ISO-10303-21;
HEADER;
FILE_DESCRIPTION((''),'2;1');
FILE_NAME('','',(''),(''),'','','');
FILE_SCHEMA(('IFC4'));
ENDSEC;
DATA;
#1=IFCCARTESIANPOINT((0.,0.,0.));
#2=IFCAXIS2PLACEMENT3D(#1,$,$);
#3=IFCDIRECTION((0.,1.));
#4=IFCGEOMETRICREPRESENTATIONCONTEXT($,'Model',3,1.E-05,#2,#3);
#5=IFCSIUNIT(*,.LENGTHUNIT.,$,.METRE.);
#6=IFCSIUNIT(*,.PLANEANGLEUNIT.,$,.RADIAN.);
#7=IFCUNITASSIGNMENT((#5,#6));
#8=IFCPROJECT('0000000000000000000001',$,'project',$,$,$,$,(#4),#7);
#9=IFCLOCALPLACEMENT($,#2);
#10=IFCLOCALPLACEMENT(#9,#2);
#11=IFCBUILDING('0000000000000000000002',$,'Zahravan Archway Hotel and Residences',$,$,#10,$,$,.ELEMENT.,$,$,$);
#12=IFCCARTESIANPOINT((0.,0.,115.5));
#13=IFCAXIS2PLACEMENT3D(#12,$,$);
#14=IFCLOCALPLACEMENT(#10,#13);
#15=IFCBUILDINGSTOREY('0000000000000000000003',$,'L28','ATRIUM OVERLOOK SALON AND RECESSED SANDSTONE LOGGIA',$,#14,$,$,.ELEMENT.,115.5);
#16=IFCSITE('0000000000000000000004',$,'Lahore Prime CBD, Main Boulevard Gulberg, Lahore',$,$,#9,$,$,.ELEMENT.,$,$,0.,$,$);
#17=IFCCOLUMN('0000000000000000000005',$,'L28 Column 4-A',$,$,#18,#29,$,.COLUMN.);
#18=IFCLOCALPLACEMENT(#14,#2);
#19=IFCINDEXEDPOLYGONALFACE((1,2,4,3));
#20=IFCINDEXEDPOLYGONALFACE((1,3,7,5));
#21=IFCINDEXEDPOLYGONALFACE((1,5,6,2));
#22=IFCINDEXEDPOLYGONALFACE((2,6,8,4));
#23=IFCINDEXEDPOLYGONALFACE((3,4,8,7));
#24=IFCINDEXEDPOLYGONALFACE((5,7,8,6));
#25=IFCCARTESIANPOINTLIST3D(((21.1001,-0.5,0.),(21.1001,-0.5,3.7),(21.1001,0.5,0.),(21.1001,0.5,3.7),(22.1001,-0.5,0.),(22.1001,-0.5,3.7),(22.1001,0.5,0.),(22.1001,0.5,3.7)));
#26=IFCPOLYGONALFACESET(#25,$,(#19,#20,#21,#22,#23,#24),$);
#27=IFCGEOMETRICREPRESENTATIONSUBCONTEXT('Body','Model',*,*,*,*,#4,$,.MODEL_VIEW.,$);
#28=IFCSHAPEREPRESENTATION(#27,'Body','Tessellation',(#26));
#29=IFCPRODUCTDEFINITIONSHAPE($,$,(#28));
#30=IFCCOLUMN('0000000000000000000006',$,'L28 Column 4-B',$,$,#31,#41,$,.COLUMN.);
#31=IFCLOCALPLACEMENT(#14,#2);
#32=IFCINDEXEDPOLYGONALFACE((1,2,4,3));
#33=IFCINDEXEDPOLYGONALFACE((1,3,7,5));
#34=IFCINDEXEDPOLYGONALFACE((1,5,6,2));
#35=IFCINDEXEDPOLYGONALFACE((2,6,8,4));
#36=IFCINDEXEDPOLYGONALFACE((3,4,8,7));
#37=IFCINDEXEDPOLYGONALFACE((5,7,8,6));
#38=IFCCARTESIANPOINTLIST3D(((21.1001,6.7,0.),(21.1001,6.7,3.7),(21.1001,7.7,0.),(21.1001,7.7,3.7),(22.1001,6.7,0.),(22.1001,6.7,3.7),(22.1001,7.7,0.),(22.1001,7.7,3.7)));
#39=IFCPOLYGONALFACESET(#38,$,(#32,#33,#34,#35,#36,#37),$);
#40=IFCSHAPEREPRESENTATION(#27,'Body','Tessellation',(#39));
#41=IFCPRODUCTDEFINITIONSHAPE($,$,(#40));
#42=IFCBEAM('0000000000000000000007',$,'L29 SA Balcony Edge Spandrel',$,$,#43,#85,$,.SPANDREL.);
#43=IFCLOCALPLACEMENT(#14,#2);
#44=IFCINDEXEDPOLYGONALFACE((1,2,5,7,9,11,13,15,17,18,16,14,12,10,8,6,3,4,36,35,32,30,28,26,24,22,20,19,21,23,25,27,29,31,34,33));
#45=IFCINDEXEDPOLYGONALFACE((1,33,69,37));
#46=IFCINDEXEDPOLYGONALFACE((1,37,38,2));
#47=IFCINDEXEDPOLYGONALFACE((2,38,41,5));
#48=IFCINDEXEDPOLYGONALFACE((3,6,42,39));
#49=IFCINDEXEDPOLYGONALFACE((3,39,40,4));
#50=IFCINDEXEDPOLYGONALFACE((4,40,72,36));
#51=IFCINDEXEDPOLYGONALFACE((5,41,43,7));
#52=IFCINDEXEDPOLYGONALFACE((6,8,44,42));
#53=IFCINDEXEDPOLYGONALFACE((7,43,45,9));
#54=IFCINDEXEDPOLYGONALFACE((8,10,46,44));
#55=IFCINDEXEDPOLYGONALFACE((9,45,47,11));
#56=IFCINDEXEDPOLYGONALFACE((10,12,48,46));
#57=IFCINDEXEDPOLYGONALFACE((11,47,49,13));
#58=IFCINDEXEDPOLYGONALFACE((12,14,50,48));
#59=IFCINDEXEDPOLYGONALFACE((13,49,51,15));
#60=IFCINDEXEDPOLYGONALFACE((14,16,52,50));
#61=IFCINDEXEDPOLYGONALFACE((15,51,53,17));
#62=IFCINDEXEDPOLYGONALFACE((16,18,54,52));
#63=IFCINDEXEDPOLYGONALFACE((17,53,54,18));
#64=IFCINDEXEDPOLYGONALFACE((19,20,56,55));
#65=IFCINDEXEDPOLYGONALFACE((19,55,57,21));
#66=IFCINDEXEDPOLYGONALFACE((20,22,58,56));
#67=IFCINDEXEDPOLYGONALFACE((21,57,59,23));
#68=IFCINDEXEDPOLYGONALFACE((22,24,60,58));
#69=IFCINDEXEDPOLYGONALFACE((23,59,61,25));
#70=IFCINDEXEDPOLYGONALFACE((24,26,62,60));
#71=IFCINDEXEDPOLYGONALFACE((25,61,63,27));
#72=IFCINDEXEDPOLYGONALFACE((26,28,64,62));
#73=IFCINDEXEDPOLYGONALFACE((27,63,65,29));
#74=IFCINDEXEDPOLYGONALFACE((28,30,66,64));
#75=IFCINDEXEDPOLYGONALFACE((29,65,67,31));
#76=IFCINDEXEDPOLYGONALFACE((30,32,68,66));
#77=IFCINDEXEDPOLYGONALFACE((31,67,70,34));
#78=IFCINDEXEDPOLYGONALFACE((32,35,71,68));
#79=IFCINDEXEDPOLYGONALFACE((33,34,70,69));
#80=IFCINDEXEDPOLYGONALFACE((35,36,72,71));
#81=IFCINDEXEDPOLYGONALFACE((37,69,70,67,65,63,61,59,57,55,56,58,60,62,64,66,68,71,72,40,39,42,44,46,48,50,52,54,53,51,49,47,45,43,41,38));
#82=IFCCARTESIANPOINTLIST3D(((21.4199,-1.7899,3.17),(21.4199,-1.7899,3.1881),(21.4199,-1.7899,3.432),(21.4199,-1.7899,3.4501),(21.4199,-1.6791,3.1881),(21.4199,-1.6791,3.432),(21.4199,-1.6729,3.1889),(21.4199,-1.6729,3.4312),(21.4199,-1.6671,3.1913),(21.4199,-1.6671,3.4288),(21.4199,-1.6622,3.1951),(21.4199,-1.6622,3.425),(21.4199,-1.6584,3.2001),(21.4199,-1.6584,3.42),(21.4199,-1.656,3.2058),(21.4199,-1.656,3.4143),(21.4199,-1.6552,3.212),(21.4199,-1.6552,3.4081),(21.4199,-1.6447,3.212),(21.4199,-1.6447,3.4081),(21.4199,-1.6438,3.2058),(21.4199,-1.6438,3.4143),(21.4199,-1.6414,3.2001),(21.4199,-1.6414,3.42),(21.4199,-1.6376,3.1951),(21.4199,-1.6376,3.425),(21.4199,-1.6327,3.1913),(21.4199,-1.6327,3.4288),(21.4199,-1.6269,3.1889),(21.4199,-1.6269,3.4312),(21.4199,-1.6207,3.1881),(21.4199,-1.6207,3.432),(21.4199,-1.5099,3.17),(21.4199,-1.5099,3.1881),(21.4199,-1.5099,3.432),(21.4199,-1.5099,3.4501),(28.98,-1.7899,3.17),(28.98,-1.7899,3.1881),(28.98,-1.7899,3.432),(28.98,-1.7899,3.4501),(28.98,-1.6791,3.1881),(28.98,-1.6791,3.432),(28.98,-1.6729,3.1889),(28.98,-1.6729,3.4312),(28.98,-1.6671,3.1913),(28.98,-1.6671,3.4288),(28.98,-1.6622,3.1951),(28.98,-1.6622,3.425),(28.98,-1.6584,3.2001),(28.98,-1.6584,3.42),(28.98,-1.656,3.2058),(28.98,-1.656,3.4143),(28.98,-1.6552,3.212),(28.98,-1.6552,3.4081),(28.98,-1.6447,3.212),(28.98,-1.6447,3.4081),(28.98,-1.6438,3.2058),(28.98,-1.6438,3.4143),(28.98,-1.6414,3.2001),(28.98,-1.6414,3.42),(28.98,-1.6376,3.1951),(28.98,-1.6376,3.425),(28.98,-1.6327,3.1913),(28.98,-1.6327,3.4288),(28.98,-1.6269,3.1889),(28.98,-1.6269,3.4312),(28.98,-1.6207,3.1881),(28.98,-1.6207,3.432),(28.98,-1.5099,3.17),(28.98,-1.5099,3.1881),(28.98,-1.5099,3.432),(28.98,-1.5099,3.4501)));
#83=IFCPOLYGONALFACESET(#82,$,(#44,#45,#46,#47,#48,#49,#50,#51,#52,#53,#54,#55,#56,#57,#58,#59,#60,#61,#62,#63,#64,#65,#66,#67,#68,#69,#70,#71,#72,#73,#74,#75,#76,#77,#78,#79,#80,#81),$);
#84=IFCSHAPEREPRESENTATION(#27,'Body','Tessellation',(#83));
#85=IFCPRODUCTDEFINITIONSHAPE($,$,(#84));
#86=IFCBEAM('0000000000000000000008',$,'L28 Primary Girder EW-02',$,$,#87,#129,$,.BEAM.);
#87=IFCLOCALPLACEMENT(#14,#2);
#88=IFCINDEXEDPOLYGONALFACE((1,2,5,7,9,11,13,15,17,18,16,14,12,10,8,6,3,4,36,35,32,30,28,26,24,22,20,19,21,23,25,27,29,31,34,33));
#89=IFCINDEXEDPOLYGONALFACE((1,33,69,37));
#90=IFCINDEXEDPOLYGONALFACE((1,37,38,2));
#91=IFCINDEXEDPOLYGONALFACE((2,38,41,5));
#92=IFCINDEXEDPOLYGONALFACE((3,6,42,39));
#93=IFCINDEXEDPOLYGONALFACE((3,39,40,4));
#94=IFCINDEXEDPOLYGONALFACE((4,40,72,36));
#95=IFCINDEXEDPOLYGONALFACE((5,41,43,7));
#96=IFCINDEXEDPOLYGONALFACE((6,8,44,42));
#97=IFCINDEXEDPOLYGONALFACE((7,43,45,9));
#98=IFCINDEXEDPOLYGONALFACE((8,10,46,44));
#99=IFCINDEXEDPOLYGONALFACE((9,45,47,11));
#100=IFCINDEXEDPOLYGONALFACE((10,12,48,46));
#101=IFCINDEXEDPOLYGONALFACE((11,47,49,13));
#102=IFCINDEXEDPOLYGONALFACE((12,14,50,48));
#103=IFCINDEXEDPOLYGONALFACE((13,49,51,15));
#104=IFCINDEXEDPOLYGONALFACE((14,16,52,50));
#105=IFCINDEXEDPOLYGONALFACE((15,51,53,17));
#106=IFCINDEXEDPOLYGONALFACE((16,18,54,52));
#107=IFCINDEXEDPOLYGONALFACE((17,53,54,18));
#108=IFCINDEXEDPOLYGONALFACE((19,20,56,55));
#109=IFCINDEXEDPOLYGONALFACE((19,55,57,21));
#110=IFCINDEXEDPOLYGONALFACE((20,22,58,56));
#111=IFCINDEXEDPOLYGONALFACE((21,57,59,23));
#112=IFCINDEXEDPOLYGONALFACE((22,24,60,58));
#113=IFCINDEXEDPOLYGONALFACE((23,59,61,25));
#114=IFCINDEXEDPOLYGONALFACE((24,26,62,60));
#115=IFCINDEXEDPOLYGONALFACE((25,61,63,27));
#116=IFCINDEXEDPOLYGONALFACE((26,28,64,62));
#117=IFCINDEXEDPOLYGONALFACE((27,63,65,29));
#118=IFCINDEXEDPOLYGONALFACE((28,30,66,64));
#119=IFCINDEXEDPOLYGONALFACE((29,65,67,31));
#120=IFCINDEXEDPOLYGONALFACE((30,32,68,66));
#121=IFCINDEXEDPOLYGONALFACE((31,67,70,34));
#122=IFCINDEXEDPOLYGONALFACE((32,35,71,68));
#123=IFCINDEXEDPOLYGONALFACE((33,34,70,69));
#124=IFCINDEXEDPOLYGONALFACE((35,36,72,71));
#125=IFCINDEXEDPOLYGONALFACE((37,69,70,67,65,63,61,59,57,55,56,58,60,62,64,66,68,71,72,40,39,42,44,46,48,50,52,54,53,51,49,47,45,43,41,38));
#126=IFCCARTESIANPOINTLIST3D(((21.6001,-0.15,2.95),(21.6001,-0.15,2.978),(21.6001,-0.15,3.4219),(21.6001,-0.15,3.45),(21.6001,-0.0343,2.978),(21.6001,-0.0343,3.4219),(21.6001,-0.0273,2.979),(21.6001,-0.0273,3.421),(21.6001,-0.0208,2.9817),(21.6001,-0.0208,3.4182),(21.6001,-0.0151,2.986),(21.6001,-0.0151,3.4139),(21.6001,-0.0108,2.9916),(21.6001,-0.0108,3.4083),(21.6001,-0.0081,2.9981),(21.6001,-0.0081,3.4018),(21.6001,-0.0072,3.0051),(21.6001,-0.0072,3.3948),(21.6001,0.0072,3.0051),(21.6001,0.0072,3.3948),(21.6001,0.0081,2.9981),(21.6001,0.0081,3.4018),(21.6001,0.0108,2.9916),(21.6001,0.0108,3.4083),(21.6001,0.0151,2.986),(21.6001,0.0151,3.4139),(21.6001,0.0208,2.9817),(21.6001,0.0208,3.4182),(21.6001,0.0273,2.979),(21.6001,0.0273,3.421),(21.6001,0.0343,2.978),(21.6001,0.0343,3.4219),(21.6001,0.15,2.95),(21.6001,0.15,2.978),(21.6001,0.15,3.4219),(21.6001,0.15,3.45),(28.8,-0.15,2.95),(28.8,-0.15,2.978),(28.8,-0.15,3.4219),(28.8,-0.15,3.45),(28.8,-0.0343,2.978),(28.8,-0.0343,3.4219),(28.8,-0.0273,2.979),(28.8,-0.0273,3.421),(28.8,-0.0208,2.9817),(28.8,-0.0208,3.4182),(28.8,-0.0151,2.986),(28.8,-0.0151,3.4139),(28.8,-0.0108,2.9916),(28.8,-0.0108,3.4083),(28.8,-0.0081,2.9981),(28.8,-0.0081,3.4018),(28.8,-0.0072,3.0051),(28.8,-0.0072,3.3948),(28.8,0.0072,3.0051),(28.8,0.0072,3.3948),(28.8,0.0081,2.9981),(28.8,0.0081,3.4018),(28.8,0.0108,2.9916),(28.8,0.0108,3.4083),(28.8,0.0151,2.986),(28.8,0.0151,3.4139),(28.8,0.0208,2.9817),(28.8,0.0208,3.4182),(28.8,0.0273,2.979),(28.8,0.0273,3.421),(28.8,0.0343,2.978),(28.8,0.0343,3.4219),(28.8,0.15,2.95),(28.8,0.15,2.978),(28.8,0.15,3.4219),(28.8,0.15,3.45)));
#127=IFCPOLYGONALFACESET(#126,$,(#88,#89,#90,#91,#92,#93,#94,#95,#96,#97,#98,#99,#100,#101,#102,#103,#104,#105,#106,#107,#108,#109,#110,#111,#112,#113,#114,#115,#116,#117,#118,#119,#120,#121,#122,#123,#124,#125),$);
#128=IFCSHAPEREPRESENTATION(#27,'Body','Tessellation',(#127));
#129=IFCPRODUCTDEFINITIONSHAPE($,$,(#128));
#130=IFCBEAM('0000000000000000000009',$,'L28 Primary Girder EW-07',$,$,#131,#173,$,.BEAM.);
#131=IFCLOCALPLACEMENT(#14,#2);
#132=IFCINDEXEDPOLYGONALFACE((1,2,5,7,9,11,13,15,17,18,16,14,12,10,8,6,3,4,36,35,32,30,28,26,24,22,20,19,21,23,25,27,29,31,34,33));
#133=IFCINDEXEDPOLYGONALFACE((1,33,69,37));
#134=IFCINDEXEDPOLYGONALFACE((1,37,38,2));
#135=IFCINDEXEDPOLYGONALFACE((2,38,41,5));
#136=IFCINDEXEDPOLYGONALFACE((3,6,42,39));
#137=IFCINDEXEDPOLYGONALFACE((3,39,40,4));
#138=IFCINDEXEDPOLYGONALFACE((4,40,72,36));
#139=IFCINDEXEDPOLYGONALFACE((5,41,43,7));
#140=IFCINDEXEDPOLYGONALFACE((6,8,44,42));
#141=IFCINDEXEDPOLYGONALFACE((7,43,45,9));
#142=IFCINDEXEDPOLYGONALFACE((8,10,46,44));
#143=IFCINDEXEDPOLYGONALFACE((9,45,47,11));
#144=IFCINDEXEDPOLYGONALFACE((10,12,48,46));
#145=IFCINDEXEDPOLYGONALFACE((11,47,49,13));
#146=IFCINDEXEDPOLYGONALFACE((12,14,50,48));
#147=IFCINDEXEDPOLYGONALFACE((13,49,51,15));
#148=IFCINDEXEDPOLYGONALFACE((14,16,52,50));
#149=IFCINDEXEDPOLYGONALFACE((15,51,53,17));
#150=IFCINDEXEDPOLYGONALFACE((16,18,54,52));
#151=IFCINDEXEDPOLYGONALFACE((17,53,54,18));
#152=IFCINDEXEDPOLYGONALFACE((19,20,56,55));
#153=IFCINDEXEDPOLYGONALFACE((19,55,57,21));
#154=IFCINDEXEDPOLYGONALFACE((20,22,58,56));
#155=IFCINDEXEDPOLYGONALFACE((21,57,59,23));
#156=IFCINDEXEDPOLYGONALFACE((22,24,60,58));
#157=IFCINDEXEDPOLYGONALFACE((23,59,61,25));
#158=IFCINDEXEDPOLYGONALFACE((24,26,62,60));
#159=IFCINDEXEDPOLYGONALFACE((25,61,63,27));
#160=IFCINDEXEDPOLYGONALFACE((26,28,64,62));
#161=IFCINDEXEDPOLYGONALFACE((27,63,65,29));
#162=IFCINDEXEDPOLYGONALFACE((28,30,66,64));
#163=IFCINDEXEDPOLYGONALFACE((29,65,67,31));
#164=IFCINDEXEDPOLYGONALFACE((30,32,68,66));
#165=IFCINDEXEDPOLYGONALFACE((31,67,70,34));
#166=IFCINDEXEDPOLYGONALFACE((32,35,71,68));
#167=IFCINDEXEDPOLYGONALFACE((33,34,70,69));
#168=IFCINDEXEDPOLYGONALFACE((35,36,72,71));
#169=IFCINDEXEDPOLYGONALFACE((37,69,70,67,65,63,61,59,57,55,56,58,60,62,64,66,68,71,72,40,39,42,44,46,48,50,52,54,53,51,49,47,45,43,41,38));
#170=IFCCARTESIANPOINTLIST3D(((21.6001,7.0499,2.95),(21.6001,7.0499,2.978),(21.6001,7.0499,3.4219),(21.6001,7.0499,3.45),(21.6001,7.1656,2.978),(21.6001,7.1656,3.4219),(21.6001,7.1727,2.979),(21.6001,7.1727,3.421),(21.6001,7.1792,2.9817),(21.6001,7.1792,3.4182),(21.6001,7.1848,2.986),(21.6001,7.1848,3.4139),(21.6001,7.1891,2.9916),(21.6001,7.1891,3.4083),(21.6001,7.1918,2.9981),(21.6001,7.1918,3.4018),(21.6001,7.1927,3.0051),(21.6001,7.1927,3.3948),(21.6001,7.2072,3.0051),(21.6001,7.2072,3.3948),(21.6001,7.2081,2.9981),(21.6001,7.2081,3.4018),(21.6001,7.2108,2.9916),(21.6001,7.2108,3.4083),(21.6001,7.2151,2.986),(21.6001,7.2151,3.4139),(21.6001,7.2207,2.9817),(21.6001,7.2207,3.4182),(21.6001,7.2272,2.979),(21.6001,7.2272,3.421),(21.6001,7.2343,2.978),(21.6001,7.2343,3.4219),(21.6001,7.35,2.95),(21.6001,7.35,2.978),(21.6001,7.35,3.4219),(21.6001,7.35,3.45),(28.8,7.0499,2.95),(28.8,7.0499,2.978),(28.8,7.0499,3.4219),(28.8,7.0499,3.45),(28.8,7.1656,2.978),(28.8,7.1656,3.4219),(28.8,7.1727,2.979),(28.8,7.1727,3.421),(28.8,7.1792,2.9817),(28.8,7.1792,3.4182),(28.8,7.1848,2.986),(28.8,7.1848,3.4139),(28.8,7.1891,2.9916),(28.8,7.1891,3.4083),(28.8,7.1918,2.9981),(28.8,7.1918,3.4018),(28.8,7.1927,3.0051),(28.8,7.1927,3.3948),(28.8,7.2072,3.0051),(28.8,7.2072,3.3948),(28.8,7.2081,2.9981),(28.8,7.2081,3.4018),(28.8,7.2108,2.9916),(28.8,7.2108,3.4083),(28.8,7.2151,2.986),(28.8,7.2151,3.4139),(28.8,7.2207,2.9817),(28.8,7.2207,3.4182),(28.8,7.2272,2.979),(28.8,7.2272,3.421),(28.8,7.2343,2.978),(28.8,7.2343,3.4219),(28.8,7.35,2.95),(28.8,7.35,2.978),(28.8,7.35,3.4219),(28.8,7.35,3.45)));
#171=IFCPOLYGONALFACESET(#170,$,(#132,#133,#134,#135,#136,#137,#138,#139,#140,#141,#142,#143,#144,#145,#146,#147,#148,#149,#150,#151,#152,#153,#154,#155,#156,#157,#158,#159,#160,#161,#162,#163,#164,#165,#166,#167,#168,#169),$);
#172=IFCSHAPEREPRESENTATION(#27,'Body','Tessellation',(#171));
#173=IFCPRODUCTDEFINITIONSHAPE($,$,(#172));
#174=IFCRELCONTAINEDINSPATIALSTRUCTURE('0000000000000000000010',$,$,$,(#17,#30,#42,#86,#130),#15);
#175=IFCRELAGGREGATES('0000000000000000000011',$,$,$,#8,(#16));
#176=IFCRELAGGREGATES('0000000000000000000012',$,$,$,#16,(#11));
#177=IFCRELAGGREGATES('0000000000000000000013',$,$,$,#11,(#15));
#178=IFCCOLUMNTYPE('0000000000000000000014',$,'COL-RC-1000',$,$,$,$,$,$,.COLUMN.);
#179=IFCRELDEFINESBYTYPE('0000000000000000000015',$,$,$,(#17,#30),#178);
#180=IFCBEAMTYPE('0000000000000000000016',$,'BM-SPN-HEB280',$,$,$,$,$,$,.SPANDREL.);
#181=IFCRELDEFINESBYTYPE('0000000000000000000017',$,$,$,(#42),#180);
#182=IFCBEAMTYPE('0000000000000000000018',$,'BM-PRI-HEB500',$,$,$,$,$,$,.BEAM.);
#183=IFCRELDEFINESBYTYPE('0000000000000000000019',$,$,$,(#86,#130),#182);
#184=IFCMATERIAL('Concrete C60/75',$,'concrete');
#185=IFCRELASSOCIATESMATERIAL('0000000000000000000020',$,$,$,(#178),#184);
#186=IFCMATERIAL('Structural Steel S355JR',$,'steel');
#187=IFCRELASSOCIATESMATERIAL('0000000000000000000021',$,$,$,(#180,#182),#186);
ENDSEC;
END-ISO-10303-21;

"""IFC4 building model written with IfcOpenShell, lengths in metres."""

from ifc_helpers import new_model, si_unit, direction, frame, origin, origin_2d, place, context, subcontext, project, spatial, rectangle, i_section, extrude, source, transform, mapped, material, material_profile, profile_set, type_object, type_shapes, element, save


model = new_model("IFC4")

# Units and contexts
model_context = context("Model", 3, precision=1e-05, world=origin(), true_north=direction((0.0, 1.0)))
body_context = subcontext(model_context, "Body", "Model", "MODEL_VIEW")
ifc_project = project(units=[si_unit("LENGTHUNIT", "METRE"), si_unit("PLANEANGLEUNIT", "RADIAN")], contexts=[model_context])

# Site, building, storey
site_placement = place(None, origin())
site = spatial("IfcSite", under=ifc_project, at=site_placement, Name="Lahore Prime CBD, Main Boulevard Gulberg, Lahore", CompositionType="ELEMENT", RefElevation=0.0)
building_placement = place(site_placement, origin())
building = spatial("IfcBuilding", under=site, at=building_placement, Name="Zahravan Archway Hotel and Residences", CompositionType="ELEMENT")
storey_placement = place(building_placement, frame((0.0, 0.0, 115.5)))
storey = spatial("IfcBuildingStorey", under=building, at=storey_placement, Name="L28", Description="ATRIUM OVERLOOK SALON AND RECESSED SANDSTONE LOGGIA", CompositionType="ELEMENT", Elevation=115.5)

# Columns
ifc_material_1 = material(Name="Concrete C60/75", Category="concrete")
ifc_material_profile_1 = material_profile(ifc_material_1, rectangle(XDim=1.0, YDim=1.0, at=origin_2d()), Name="RC-COL-1000x1000", Category="concrete")
ifc_profile_set_1 = profile_set([ifc_material_profile_1], Name="Concrete C60/75")
column_type = type_object("IfcColumnType", Name="COL-RC-1000", PredefinedType="COLUMN", material=ifc_profile_set_1)
shared_shape_1 = source(origin(), body_context, "Body", "SweptSolid", [
    extrude(rectangle(XDim=1.0, YDim=1.0, at=origin_2d()), origin(), (0.0, 0.0, 1.0), 3.7),
])
type_shapes(column_type, [shared_shape_1])
for number, where, z_axis, x_axis, name in (
    (1, (21.6001, 0.0, 0.0), (0.0, 0.0, 1.0), (1.0, 0.0, 0.0), "L28 Column 4-A"),
    (2, (21.6001, 7.2, 0.0), (0.0, 0.0, 1.0), (1.0, 0.0, 0.0), "L28 Column 4-B"),
):
    element("IfcColumn", number, at=place(storey_placement, frame(where, z_axis=z_axis, x_axis=x_axis)), inside=storey, type_object=column_type, Name=name, PredefinedType="COLUMN", context=body_context, shape_type="MappedRepresentation", body=[
        mapped(shared_shape_1, transform((0.0, 0.0, 0.0), scale=1.0)),
    ])

# Beams
ifc_material_2 = material(Name="Structural Steel S355JR", Category="steel")
ifc_material_profile_2 = material_profile(ifc_material_2, i_section(OverallWidth=0.28, OverallDepth=0.28, WebThickness=0.0105, FlangeThickness=0.0181, FilletRadius=0.0239, at=origin_2d()), Name="HEB 280", Category="steel")
ifc_profile_set_2 = profile_set([ifc_material_profile_2], Name="Structural Steel S355JR")
beam_type_1 = type_object("IfcBeamType", Name="BM-SPN-HEB280", PredefinedType="SPANDREL", material=ifc_profile_set_2)
shared_shape_2 = source(origin(), body_context, "Body", "SweptSolid", [
    extrude(i_section(OverallWidth=0.28, OverallDepth=0.28, WebThickness=0.0105, FlangeThickness=0.0181, FilletRadius=0.0239, at=origin_2d()), origin(), (0.0, 0.0, 1.0), 7.5601),
])
type_shapes(beam_type_1, [shared_shape_2])
beam_1_placement = place(storey_placement, frame((21.4199, -1.6499, 3.3101), z_axis=(1.0, 0.0, 0.0), x_axis=(0.0, 1.0, 0.0)))
element("IfcBeam", 3, at=beam_1_placement, inside=storey, type_object=beam_type_1, Name="L29 SA Balcony Edge Spandrel", PredefinedType="SPANDREL", context=body_context, shape_type="MappedRepresentation", body=[
    mapped(shared_shape_2, transform((0.0, 0.0, 0.0), scale=1.0)),
])
ifc_material_profile_3 = material_profile(ifc_material_2, i_section(OverallWidth=0.3, OverallDepth=0.5, WebThickness=0.0144, FlangeThickness=0.0281, FilletRadius=0.0271, at=origin_2d()), Name="HEB 500", Category="steel")
ifc_profile_set_3 = profile_set([ifc_material_profile_3], Name="Structural Steel S355JR")
beam_type_2 = type_object("IfcBeamType", Name="BM-PRI-HEB500", PredefinedType="BEAM", material=ifc_profile_set_3)
shared_shape_3 = source(origin(), body_context, "Body", "SweptSolid", [
    extrude(i_section(OverallWidth=0.3, OverallDepth=0.5, WebThickness=0.0144, FlangeThickness=0.0281, FilletRadius=0.0271, at=origin_2d()), origin(), (0.0, 0.0, 1.0), 7.2),
])
for number, where, z_axis, x_axis, name in (
    (4, (21.6001, 0.0, 3.2), (1.0, 0.0, 0.0), (0.0, 1.0, 0.0), "L28 Primary Girder EW-02"),
    (5, (21.6001, 7.2, 3.2), (1.0, 0.0, 0.0), (0.0, 1.0, 0.0), "L28 Primary Girder EW-07"),
):
    element("IfcBeam", number, at=place(storey_placement, frame(where, z_axis=z_axis, x_axis=x_axis)), inside=storey, type_object=beam_type_2, Name=name, PredefinedType="BEAM", context=body_context, shape_type="MappedRepresentation", body=[
        mapped(shared_shape_3, transform((0.0, 0.0, 0.0), scale=1.0)),
    ])

save(model, "model.ifc")
